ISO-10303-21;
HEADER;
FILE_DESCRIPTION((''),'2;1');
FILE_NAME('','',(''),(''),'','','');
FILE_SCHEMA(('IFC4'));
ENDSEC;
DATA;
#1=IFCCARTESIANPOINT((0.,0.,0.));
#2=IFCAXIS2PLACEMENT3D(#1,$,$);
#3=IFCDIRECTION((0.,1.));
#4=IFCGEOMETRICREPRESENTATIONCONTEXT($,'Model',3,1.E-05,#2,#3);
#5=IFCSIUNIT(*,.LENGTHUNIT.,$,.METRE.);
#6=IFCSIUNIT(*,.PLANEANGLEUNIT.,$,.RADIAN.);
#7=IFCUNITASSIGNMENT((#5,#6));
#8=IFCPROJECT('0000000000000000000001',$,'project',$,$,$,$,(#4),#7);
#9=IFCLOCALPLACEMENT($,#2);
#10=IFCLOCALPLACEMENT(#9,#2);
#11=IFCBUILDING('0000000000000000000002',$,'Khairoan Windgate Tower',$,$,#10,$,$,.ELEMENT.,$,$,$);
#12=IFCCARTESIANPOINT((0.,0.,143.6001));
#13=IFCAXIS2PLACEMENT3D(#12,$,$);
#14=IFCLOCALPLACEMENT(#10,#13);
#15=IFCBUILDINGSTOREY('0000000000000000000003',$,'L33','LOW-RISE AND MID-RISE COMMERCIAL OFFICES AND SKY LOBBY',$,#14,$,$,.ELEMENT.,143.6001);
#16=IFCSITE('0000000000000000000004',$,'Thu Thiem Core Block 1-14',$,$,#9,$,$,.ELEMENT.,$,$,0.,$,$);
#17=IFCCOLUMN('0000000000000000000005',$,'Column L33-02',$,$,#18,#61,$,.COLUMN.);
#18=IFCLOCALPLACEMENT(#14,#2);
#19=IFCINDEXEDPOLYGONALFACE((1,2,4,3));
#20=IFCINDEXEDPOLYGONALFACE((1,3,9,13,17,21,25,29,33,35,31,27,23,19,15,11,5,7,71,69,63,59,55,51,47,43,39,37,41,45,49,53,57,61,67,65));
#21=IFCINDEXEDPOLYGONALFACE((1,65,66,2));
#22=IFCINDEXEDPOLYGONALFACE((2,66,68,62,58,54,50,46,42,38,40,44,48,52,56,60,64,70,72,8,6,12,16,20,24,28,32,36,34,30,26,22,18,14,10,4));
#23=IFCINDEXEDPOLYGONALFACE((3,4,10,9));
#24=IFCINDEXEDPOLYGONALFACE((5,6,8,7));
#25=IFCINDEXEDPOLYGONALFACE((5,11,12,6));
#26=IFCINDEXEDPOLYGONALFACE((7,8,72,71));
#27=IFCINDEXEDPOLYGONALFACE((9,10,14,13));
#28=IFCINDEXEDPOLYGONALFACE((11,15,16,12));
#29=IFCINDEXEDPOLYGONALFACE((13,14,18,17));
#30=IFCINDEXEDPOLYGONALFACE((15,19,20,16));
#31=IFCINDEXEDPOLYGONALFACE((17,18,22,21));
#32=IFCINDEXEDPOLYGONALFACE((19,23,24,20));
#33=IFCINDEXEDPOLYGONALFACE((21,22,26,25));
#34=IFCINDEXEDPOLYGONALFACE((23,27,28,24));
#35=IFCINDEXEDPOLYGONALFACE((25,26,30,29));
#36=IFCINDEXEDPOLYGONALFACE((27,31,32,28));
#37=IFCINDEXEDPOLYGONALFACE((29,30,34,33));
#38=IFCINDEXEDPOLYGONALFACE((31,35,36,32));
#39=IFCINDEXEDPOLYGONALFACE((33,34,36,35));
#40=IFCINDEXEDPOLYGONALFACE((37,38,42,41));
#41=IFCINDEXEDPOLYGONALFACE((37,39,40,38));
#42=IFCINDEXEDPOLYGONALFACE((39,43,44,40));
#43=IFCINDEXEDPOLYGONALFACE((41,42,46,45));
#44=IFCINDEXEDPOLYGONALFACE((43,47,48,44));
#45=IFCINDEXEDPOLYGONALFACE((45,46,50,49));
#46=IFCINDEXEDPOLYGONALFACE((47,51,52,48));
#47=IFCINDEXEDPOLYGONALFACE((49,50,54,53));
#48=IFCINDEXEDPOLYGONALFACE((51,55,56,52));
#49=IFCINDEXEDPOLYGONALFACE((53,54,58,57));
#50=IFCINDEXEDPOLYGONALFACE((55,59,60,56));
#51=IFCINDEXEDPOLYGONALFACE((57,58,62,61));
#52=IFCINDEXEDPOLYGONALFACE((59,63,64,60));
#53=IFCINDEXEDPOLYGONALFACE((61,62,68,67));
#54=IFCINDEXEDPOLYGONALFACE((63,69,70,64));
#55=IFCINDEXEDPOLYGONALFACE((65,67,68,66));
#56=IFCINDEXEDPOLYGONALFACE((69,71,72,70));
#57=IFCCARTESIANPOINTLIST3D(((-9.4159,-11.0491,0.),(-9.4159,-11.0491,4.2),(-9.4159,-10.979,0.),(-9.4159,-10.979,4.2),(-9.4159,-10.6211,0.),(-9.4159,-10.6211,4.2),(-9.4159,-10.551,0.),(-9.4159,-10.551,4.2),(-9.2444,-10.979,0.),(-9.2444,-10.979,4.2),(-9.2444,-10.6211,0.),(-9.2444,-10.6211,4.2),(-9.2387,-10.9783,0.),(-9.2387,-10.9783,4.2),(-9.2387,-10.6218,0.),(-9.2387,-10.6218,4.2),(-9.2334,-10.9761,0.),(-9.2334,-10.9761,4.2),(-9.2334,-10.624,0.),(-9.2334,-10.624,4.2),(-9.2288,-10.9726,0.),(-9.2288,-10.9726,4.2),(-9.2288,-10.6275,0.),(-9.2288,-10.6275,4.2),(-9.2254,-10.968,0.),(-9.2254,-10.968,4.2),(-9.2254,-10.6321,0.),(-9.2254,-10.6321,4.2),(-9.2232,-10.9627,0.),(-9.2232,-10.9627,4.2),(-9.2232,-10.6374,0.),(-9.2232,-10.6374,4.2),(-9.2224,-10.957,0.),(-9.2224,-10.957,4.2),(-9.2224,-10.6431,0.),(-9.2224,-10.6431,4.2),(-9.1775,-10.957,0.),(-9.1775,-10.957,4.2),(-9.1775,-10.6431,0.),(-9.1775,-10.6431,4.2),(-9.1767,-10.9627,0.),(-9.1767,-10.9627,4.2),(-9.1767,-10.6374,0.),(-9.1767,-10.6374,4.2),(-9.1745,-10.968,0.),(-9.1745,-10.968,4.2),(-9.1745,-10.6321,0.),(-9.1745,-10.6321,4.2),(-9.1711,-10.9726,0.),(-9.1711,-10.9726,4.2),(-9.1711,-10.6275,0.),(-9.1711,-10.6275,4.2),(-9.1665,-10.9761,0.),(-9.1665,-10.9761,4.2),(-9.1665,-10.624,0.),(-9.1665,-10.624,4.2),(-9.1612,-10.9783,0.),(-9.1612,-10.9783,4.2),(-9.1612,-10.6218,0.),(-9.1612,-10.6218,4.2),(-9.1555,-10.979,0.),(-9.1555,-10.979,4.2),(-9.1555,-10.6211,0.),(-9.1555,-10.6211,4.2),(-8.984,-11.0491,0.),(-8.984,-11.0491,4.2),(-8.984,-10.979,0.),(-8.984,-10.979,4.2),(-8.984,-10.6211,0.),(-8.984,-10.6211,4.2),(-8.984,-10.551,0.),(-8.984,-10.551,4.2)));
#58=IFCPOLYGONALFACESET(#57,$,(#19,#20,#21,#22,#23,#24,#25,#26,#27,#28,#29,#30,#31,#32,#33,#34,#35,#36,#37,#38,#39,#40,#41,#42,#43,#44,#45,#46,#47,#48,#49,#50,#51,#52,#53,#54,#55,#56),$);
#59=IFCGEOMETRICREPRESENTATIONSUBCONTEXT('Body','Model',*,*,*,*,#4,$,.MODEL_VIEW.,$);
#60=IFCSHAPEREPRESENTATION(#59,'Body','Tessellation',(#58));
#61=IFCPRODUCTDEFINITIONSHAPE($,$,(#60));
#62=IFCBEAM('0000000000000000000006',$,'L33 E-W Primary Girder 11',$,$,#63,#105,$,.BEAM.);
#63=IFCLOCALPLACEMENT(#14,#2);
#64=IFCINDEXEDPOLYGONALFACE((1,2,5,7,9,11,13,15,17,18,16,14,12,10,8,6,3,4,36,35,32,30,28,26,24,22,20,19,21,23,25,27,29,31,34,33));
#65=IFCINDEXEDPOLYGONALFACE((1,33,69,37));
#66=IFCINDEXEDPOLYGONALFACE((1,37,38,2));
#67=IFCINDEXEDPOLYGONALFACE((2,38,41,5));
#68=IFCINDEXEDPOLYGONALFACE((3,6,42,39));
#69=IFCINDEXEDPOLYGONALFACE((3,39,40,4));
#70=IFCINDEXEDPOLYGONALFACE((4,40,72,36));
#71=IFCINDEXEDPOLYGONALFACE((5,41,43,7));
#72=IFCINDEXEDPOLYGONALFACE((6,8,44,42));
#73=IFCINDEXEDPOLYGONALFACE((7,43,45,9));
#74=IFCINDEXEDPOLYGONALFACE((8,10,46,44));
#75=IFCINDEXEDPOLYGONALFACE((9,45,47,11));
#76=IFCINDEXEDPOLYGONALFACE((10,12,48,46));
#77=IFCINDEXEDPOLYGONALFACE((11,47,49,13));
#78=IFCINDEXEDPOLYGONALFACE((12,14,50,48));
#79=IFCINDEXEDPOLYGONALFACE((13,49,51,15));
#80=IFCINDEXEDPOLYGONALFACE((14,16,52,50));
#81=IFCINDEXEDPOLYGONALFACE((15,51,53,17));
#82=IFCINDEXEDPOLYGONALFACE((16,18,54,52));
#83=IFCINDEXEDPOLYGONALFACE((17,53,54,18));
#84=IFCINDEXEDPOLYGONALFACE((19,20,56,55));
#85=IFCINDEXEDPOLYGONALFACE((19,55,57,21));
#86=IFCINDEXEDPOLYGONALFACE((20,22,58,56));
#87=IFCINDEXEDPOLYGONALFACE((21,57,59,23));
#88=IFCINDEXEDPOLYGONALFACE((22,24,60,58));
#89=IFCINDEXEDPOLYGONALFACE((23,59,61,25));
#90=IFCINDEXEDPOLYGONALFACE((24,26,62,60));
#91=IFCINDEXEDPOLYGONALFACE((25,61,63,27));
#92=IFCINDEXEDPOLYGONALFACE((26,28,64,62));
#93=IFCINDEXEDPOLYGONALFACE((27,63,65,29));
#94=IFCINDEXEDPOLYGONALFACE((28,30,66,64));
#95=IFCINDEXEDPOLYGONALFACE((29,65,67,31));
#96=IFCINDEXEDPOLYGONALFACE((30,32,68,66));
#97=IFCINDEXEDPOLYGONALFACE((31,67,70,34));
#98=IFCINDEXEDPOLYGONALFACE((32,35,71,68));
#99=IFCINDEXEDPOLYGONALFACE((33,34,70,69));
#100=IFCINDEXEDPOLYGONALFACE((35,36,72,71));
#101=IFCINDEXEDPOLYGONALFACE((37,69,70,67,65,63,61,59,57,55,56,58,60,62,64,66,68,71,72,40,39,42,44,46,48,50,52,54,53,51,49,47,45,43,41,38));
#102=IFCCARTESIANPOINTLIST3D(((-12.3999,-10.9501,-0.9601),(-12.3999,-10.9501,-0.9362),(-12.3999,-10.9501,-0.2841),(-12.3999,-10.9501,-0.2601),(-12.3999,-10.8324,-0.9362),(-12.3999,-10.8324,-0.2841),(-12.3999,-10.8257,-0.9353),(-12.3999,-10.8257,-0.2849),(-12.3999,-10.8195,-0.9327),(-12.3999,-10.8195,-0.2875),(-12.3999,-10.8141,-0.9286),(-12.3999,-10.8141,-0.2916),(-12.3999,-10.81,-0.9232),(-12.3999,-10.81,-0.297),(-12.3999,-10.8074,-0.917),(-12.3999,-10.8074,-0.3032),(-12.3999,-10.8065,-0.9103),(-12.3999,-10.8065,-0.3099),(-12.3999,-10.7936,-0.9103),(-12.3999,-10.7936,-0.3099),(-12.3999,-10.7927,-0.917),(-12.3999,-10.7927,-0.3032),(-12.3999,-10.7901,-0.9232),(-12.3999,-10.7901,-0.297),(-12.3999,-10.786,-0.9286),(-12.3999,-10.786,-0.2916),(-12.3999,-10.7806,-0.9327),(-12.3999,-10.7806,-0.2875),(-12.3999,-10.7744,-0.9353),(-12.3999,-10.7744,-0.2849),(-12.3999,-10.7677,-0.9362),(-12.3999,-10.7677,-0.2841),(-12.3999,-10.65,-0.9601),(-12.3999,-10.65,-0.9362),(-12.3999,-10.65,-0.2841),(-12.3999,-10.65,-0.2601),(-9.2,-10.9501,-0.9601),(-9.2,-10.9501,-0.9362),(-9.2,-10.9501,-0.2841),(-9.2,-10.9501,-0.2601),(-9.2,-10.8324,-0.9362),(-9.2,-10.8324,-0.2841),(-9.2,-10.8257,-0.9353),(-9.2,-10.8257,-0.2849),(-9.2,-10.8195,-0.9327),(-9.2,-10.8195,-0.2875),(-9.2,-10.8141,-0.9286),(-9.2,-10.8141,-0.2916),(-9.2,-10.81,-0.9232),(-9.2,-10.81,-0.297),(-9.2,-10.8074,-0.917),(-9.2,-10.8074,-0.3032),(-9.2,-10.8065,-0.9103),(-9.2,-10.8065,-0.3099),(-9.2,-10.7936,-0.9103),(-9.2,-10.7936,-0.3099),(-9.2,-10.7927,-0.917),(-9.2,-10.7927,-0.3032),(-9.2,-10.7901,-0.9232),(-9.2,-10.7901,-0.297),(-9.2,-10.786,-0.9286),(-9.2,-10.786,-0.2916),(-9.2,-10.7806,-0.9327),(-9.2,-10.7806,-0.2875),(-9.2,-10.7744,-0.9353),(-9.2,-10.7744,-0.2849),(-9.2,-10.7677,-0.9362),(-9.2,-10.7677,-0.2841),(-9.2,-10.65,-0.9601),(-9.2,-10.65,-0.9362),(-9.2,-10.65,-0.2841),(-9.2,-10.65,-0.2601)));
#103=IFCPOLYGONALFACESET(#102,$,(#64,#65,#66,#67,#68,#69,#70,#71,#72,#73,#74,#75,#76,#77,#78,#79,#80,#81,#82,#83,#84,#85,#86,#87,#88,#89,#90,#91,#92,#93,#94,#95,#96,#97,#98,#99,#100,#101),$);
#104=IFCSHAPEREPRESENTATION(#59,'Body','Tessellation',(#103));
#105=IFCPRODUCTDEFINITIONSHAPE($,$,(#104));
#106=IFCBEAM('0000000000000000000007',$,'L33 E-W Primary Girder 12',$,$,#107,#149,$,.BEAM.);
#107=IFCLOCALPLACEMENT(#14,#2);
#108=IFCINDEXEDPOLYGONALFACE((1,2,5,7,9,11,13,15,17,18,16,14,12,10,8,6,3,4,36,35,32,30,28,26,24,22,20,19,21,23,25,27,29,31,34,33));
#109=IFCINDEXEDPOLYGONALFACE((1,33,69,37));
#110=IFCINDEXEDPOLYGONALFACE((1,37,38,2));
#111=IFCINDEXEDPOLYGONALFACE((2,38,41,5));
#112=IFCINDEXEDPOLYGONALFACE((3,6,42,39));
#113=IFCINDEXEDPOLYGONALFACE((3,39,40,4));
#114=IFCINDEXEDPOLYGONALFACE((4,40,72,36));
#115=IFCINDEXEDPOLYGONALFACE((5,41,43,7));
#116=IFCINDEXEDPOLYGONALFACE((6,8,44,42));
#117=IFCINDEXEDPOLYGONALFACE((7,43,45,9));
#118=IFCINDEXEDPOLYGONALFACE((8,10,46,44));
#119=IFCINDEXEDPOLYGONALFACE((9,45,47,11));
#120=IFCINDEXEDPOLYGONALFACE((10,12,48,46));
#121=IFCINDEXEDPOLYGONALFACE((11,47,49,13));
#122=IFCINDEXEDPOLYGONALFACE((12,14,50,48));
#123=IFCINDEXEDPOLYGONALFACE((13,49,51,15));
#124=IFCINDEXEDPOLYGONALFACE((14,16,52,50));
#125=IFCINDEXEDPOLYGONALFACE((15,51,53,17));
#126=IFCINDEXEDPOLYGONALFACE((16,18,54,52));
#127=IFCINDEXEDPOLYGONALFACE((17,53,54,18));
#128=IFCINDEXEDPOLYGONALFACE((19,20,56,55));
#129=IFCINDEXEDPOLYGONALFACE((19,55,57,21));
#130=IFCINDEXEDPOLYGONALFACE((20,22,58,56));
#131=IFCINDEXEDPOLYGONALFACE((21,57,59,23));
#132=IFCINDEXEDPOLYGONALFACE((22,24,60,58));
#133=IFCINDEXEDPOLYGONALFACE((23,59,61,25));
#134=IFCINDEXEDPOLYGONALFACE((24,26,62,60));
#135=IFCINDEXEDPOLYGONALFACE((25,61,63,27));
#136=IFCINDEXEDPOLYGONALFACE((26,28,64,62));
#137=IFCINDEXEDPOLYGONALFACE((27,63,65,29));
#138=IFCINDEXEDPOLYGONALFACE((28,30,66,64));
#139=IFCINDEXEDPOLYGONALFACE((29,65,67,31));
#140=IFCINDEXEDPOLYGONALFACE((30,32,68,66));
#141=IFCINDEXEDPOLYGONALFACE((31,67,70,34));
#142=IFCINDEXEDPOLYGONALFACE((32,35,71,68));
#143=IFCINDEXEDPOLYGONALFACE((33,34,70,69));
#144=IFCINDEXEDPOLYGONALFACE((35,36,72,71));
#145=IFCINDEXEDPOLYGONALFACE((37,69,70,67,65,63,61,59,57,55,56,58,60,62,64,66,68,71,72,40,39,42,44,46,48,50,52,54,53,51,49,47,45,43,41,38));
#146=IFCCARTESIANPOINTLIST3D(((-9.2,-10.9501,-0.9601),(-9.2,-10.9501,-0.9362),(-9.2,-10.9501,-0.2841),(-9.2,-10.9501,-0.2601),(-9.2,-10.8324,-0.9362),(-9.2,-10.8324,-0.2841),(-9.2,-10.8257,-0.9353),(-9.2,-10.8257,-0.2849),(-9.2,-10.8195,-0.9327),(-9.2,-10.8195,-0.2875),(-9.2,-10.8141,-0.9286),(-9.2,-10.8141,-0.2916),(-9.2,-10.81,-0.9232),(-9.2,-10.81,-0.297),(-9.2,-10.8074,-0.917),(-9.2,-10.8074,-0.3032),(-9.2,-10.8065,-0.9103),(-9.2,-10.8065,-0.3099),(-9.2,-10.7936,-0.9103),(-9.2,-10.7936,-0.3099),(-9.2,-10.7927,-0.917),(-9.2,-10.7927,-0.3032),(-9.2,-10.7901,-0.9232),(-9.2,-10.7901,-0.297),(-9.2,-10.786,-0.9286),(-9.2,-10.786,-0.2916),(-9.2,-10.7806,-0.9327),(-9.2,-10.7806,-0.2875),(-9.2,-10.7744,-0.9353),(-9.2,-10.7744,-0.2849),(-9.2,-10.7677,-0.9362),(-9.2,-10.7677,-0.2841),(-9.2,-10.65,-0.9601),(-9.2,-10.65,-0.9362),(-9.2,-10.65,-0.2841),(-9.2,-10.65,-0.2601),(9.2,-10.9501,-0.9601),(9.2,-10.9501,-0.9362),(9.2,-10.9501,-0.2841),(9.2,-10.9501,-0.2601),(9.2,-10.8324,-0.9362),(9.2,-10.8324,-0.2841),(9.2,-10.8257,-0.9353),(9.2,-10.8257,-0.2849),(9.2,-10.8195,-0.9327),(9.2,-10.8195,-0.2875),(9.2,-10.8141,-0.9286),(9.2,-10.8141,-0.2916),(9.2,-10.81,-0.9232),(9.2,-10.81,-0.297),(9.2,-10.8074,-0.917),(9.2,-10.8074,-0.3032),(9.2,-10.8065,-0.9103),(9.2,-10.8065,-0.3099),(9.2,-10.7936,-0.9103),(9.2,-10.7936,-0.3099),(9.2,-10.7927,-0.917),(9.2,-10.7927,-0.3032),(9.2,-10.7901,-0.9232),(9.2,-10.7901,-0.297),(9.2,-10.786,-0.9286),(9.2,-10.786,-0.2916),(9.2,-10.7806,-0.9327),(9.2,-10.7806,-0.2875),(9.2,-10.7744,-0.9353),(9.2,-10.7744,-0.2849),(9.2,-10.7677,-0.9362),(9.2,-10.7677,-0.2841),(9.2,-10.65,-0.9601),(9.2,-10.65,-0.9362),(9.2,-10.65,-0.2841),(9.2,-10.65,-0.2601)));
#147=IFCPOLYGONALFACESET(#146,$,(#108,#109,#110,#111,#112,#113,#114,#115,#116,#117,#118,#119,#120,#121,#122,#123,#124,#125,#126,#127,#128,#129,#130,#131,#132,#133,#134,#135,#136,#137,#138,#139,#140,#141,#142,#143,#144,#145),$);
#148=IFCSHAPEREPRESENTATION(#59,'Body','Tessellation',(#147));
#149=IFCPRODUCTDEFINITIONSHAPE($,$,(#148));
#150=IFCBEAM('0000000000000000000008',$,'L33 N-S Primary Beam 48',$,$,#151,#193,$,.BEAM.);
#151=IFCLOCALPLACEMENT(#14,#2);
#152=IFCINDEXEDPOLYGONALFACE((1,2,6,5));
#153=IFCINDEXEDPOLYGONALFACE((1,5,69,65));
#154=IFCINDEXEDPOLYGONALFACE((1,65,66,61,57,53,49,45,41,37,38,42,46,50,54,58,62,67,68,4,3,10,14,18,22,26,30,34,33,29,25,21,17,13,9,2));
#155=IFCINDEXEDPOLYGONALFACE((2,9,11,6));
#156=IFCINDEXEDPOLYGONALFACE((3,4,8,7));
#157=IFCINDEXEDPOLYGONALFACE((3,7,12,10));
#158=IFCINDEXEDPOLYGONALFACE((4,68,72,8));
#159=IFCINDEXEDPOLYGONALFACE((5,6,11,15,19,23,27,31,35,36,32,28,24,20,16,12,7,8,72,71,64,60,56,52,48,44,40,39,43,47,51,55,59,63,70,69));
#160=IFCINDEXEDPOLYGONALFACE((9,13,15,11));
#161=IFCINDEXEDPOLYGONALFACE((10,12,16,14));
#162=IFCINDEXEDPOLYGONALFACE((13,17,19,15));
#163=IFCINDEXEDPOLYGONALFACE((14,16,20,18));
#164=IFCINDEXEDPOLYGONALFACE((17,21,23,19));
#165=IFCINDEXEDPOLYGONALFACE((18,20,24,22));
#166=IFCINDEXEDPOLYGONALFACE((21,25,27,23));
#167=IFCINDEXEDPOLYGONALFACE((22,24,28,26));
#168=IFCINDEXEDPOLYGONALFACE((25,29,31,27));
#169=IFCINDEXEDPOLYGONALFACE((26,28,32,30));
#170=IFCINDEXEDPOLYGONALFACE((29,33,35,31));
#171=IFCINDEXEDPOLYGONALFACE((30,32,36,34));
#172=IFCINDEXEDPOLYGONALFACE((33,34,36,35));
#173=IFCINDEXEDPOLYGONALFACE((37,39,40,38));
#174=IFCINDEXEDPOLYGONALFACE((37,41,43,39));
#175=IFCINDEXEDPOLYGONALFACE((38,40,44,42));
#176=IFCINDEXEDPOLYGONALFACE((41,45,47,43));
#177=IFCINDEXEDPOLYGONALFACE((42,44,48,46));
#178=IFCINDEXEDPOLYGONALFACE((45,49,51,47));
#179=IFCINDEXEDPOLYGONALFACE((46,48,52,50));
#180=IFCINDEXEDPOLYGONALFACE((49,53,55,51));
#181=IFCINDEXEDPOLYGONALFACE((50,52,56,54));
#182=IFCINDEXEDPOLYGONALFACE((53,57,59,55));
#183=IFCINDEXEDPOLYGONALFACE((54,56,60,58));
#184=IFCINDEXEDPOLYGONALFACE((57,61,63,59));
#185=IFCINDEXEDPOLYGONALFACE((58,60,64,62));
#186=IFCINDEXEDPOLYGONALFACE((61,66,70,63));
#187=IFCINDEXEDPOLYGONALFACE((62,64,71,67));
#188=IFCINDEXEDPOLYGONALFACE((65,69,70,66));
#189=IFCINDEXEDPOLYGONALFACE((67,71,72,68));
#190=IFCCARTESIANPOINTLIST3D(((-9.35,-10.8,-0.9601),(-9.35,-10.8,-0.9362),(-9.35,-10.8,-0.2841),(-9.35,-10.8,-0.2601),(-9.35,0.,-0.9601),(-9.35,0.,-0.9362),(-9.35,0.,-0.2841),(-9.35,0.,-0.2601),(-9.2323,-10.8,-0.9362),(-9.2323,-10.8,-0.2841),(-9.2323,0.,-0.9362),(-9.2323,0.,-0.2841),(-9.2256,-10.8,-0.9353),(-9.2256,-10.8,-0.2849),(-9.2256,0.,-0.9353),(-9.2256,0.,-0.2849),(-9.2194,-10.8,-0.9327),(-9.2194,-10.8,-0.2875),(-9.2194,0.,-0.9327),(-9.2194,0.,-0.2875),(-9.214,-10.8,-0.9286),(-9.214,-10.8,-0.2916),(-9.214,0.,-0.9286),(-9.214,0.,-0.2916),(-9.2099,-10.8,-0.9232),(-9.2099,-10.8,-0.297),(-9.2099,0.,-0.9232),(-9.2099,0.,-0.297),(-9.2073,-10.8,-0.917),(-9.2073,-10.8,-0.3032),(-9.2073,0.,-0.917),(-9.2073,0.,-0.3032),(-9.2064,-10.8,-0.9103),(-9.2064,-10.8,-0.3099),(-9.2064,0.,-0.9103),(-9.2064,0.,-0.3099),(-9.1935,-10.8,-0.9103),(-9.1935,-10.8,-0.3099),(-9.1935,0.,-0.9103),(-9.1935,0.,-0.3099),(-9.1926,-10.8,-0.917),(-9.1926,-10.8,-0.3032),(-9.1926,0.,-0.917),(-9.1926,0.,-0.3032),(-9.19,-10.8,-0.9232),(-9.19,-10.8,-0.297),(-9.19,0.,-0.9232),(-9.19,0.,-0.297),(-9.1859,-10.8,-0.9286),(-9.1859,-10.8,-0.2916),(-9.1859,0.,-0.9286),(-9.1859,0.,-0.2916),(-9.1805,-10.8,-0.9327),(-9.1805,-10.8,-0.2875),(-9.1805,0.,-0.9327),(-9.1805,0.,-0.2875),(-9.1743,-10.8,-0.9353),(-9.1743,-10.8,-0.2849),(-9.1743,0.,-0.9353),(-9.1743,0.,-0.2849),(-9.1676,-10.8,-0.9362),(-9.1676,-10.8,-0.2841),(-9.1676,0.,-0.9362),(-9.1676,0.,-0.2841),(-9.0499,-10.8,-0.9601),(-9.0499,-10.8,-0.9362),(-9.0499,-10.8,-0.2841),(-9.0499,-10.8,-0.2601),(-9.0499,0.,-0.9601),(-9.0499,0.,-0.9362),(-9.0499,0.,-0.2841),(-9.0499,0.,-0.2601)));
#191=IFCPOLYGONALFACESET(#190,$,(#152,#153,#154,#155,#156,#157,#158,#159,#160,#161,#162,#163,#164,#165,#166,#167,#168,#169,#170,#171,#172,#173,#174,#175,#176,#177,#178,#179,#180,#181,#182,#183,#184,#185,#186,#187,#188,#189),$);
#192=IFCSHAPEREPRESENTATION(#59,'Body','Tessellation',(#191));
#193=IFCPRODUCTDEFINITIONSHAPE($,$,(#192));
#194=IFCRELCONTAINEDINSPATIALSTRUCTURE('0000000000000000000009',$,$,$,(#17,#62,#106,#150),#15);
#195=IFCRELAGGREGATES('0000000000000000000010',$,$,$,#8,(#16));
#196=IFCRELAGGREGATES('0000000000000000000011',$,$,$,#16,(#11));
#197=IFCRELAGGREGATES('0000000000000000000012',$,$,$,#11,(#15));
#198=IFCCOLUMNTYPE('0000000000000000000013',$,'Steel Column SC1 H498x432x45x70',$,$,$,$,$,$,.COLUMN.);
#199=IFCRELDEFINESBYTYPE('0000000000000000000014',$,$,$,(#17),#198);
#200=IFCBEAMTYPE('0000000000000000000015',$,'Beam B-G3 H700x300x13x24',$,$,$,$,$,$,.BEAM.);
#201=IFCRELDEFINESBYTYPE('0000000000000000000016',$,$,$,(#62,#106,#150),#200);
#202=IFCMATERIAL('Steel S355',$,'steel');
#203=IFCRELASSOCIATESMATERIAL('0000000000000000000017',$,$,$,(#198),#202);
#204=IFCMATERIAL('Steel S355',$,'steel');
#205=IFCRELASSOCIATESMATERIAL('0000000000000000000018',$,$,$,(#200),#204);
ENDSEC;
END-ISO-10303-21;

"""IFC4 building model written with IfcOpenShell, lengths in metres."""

from ifc_helpers import new_model, si_unit, direction, frame, origin, origin_2d, place, context, subcontext, project, spatial, i_section, extrude, material, material_profile, profile_set, type_object, element, save


model = new_model("IFC4")

# Units and contexts
model_context = context("Model", 3, precision=1e-05, world=origin(), true_north=direction((0.0, 1.0)))
body_context = subcontext(model_context, "Body", "Model", "MODEL_VIEW")
ifc_project = project(units=[si_unit("LENGTHUNIT", "METRE"), si_unit("PLANEANGLEUNIT", "RADIAN")], contexts=[model_context])

# Site, building, storey
site_placement = place(None, origin())
site = spatial("IfcSite", under=ifc_project, at=site_placement, Name="Thu Thiem Core Block 1-14", CompositionType="ELEMENT", RefElevation=0.0)
building_placement = place(site_placement, origin())
building = spatial("IfcBuilding", under=site, at=building_placement, Name="Khairoan Windgate Tower", CompositionType="ELEMENT")
storey_placement = place(building_placement, frame((0.0, 0.0, 143.6001)))
storey = spatial("IfcBuildingStorey", under=building, at=storey_placement, Name="L33", Description="LOW-RISE AND MID-RISE COMMERCIAL OFFICES AND SKY LOBBY", CompositionType="ELEMENT", Elevation=143.6001)

# Column
ifc_material_1 = material(Name="Steel S355", Category="steel")
ifc_material_profile_1 = material_profile(ifc_material_1, i_section(OverallWidth=0.4319, OverallDepth=0.498, WebThickness=0.0449, FlangeThickness=0.0701, FilletRadius=0.022, at=origin_2d()))
ifc_profile_set_1 = profile_set([ifc_material_profile_1], Name="Steel S355")
column_type = type_object("IfcColumnType", Name="Steel Column SC1 H498x432x45x70", PredefinedType="COLUMN", material=ifc_profile_set_1)
column_placement = place(storey_placement, frame((-9.2, -10.8, 0.0), z_axis=(0.0, 0.0, 1.0), x_axis=(1.0, 0.0, 0.0)))
element("IfcColumn", 1, at=column_placement, inside=storey, type_object=column_type, Name="Column L33-02", PredefinedType="COLUMN", context=body_context, shape_type="SweptSolid", body=[
    extrude(i_section(OverallWidth=0.4319, OverallDepth=0.498, WebThickness=0.0449, FlangeThickness=0.0701, FilletRadius=0.022, at=origin_2d()), origin(), (0.0, 0.0, 1.0), 4.2),
])

# Beams
ifc_material_2 = material(Name="Steel S355", Category="steel")
ifc_material_profile_2 = material_profile(ifc_material_2, i_section(OverallWidth=0.3, OverallDepth=0.7, WebThickness=0.0129, FlangeThickness=0.0239, FilletRadius=0.0259, at=origin_2d()))
ifc_profile_set_2 = profile_set([ifc_material_profile_2], Name="Steel S355")
beam_type_1 = type_object("IfcBeamType", Name="Beam B-G3 H700x300x13x24", PredefinedType="BEAM", material=ifc_profile_set_2)
beam_1_placement = place(storey_placement, frame((-12.3999, -10.8, -0.6101), z_axis=(1.0, 0.0, 0.0), x_axis=(0.0, 1.0, 0.0)))
element("IfcBeam", 2, at=beam_1_placement, inside=storey, type_object=beam_type_1, Name="L33 E-W Primary Girder 11", PredefinedType="BEAM", context=body_context, shape_type="SweptSolid", body=[
    extrude(i_section(OverallWidth=0.3, OverallDepth=0.7, WebThickness=0.0129, FlangeThickness=0.0239, FilletRadius=0.0259, at=origin_2d()), origin(), (0.0, 0.0, 1.0), 3.2),
])
beam_2_placement = place(storey_placement, frame((-9.2, -10.8, -0.6101), z_axis=(1.0, 0.0, 0.0), x_axis=(0.0, 1.0, 0.0)))
element("IfcBeam", 3, at=beam_2_placement, inside=storey, type_object=beam_type_1, Name="L33 E-W Primary Girder 12", PredefinedType="BEAM", context=body_context, shape_type="SweptSolid", body=[
    extrude(i_section(OverallWidth=0.3, OverallDepth=0.7, WebThickness=0.0129, FlangeThickness=0.0239, FilletRadius=0.0259, at=origin_2d()), origin(), (0.0, 0.0, 1.0), 18.3999),
])
beam_3_placement = place(storey_placement, frame((-9.2, -10.8, -0.6101), z_axis=(0.0, 1.0, 0.0), x_axis=(-1.0, 0.0, 0.0)))
element("IfcBeam", 4, at=beam_3_placement, inside=storey, type_object=beam_type_1, Name="L33 N-S Primary Beam 48", PredefinedType="BEAM", context=body_context, shape_type="SweptSolid", body=[
    extrude(i_section(OverallWidth=0.3, OverallDepth=0.7, WebThickness=0.0129, FlangeThickness=0.0239, FilletRadius=0.0259, at=origin_2d()), origin(), (0.0, 0.0, 1.0), 10.8),
])

save(model, "model.ifc")
